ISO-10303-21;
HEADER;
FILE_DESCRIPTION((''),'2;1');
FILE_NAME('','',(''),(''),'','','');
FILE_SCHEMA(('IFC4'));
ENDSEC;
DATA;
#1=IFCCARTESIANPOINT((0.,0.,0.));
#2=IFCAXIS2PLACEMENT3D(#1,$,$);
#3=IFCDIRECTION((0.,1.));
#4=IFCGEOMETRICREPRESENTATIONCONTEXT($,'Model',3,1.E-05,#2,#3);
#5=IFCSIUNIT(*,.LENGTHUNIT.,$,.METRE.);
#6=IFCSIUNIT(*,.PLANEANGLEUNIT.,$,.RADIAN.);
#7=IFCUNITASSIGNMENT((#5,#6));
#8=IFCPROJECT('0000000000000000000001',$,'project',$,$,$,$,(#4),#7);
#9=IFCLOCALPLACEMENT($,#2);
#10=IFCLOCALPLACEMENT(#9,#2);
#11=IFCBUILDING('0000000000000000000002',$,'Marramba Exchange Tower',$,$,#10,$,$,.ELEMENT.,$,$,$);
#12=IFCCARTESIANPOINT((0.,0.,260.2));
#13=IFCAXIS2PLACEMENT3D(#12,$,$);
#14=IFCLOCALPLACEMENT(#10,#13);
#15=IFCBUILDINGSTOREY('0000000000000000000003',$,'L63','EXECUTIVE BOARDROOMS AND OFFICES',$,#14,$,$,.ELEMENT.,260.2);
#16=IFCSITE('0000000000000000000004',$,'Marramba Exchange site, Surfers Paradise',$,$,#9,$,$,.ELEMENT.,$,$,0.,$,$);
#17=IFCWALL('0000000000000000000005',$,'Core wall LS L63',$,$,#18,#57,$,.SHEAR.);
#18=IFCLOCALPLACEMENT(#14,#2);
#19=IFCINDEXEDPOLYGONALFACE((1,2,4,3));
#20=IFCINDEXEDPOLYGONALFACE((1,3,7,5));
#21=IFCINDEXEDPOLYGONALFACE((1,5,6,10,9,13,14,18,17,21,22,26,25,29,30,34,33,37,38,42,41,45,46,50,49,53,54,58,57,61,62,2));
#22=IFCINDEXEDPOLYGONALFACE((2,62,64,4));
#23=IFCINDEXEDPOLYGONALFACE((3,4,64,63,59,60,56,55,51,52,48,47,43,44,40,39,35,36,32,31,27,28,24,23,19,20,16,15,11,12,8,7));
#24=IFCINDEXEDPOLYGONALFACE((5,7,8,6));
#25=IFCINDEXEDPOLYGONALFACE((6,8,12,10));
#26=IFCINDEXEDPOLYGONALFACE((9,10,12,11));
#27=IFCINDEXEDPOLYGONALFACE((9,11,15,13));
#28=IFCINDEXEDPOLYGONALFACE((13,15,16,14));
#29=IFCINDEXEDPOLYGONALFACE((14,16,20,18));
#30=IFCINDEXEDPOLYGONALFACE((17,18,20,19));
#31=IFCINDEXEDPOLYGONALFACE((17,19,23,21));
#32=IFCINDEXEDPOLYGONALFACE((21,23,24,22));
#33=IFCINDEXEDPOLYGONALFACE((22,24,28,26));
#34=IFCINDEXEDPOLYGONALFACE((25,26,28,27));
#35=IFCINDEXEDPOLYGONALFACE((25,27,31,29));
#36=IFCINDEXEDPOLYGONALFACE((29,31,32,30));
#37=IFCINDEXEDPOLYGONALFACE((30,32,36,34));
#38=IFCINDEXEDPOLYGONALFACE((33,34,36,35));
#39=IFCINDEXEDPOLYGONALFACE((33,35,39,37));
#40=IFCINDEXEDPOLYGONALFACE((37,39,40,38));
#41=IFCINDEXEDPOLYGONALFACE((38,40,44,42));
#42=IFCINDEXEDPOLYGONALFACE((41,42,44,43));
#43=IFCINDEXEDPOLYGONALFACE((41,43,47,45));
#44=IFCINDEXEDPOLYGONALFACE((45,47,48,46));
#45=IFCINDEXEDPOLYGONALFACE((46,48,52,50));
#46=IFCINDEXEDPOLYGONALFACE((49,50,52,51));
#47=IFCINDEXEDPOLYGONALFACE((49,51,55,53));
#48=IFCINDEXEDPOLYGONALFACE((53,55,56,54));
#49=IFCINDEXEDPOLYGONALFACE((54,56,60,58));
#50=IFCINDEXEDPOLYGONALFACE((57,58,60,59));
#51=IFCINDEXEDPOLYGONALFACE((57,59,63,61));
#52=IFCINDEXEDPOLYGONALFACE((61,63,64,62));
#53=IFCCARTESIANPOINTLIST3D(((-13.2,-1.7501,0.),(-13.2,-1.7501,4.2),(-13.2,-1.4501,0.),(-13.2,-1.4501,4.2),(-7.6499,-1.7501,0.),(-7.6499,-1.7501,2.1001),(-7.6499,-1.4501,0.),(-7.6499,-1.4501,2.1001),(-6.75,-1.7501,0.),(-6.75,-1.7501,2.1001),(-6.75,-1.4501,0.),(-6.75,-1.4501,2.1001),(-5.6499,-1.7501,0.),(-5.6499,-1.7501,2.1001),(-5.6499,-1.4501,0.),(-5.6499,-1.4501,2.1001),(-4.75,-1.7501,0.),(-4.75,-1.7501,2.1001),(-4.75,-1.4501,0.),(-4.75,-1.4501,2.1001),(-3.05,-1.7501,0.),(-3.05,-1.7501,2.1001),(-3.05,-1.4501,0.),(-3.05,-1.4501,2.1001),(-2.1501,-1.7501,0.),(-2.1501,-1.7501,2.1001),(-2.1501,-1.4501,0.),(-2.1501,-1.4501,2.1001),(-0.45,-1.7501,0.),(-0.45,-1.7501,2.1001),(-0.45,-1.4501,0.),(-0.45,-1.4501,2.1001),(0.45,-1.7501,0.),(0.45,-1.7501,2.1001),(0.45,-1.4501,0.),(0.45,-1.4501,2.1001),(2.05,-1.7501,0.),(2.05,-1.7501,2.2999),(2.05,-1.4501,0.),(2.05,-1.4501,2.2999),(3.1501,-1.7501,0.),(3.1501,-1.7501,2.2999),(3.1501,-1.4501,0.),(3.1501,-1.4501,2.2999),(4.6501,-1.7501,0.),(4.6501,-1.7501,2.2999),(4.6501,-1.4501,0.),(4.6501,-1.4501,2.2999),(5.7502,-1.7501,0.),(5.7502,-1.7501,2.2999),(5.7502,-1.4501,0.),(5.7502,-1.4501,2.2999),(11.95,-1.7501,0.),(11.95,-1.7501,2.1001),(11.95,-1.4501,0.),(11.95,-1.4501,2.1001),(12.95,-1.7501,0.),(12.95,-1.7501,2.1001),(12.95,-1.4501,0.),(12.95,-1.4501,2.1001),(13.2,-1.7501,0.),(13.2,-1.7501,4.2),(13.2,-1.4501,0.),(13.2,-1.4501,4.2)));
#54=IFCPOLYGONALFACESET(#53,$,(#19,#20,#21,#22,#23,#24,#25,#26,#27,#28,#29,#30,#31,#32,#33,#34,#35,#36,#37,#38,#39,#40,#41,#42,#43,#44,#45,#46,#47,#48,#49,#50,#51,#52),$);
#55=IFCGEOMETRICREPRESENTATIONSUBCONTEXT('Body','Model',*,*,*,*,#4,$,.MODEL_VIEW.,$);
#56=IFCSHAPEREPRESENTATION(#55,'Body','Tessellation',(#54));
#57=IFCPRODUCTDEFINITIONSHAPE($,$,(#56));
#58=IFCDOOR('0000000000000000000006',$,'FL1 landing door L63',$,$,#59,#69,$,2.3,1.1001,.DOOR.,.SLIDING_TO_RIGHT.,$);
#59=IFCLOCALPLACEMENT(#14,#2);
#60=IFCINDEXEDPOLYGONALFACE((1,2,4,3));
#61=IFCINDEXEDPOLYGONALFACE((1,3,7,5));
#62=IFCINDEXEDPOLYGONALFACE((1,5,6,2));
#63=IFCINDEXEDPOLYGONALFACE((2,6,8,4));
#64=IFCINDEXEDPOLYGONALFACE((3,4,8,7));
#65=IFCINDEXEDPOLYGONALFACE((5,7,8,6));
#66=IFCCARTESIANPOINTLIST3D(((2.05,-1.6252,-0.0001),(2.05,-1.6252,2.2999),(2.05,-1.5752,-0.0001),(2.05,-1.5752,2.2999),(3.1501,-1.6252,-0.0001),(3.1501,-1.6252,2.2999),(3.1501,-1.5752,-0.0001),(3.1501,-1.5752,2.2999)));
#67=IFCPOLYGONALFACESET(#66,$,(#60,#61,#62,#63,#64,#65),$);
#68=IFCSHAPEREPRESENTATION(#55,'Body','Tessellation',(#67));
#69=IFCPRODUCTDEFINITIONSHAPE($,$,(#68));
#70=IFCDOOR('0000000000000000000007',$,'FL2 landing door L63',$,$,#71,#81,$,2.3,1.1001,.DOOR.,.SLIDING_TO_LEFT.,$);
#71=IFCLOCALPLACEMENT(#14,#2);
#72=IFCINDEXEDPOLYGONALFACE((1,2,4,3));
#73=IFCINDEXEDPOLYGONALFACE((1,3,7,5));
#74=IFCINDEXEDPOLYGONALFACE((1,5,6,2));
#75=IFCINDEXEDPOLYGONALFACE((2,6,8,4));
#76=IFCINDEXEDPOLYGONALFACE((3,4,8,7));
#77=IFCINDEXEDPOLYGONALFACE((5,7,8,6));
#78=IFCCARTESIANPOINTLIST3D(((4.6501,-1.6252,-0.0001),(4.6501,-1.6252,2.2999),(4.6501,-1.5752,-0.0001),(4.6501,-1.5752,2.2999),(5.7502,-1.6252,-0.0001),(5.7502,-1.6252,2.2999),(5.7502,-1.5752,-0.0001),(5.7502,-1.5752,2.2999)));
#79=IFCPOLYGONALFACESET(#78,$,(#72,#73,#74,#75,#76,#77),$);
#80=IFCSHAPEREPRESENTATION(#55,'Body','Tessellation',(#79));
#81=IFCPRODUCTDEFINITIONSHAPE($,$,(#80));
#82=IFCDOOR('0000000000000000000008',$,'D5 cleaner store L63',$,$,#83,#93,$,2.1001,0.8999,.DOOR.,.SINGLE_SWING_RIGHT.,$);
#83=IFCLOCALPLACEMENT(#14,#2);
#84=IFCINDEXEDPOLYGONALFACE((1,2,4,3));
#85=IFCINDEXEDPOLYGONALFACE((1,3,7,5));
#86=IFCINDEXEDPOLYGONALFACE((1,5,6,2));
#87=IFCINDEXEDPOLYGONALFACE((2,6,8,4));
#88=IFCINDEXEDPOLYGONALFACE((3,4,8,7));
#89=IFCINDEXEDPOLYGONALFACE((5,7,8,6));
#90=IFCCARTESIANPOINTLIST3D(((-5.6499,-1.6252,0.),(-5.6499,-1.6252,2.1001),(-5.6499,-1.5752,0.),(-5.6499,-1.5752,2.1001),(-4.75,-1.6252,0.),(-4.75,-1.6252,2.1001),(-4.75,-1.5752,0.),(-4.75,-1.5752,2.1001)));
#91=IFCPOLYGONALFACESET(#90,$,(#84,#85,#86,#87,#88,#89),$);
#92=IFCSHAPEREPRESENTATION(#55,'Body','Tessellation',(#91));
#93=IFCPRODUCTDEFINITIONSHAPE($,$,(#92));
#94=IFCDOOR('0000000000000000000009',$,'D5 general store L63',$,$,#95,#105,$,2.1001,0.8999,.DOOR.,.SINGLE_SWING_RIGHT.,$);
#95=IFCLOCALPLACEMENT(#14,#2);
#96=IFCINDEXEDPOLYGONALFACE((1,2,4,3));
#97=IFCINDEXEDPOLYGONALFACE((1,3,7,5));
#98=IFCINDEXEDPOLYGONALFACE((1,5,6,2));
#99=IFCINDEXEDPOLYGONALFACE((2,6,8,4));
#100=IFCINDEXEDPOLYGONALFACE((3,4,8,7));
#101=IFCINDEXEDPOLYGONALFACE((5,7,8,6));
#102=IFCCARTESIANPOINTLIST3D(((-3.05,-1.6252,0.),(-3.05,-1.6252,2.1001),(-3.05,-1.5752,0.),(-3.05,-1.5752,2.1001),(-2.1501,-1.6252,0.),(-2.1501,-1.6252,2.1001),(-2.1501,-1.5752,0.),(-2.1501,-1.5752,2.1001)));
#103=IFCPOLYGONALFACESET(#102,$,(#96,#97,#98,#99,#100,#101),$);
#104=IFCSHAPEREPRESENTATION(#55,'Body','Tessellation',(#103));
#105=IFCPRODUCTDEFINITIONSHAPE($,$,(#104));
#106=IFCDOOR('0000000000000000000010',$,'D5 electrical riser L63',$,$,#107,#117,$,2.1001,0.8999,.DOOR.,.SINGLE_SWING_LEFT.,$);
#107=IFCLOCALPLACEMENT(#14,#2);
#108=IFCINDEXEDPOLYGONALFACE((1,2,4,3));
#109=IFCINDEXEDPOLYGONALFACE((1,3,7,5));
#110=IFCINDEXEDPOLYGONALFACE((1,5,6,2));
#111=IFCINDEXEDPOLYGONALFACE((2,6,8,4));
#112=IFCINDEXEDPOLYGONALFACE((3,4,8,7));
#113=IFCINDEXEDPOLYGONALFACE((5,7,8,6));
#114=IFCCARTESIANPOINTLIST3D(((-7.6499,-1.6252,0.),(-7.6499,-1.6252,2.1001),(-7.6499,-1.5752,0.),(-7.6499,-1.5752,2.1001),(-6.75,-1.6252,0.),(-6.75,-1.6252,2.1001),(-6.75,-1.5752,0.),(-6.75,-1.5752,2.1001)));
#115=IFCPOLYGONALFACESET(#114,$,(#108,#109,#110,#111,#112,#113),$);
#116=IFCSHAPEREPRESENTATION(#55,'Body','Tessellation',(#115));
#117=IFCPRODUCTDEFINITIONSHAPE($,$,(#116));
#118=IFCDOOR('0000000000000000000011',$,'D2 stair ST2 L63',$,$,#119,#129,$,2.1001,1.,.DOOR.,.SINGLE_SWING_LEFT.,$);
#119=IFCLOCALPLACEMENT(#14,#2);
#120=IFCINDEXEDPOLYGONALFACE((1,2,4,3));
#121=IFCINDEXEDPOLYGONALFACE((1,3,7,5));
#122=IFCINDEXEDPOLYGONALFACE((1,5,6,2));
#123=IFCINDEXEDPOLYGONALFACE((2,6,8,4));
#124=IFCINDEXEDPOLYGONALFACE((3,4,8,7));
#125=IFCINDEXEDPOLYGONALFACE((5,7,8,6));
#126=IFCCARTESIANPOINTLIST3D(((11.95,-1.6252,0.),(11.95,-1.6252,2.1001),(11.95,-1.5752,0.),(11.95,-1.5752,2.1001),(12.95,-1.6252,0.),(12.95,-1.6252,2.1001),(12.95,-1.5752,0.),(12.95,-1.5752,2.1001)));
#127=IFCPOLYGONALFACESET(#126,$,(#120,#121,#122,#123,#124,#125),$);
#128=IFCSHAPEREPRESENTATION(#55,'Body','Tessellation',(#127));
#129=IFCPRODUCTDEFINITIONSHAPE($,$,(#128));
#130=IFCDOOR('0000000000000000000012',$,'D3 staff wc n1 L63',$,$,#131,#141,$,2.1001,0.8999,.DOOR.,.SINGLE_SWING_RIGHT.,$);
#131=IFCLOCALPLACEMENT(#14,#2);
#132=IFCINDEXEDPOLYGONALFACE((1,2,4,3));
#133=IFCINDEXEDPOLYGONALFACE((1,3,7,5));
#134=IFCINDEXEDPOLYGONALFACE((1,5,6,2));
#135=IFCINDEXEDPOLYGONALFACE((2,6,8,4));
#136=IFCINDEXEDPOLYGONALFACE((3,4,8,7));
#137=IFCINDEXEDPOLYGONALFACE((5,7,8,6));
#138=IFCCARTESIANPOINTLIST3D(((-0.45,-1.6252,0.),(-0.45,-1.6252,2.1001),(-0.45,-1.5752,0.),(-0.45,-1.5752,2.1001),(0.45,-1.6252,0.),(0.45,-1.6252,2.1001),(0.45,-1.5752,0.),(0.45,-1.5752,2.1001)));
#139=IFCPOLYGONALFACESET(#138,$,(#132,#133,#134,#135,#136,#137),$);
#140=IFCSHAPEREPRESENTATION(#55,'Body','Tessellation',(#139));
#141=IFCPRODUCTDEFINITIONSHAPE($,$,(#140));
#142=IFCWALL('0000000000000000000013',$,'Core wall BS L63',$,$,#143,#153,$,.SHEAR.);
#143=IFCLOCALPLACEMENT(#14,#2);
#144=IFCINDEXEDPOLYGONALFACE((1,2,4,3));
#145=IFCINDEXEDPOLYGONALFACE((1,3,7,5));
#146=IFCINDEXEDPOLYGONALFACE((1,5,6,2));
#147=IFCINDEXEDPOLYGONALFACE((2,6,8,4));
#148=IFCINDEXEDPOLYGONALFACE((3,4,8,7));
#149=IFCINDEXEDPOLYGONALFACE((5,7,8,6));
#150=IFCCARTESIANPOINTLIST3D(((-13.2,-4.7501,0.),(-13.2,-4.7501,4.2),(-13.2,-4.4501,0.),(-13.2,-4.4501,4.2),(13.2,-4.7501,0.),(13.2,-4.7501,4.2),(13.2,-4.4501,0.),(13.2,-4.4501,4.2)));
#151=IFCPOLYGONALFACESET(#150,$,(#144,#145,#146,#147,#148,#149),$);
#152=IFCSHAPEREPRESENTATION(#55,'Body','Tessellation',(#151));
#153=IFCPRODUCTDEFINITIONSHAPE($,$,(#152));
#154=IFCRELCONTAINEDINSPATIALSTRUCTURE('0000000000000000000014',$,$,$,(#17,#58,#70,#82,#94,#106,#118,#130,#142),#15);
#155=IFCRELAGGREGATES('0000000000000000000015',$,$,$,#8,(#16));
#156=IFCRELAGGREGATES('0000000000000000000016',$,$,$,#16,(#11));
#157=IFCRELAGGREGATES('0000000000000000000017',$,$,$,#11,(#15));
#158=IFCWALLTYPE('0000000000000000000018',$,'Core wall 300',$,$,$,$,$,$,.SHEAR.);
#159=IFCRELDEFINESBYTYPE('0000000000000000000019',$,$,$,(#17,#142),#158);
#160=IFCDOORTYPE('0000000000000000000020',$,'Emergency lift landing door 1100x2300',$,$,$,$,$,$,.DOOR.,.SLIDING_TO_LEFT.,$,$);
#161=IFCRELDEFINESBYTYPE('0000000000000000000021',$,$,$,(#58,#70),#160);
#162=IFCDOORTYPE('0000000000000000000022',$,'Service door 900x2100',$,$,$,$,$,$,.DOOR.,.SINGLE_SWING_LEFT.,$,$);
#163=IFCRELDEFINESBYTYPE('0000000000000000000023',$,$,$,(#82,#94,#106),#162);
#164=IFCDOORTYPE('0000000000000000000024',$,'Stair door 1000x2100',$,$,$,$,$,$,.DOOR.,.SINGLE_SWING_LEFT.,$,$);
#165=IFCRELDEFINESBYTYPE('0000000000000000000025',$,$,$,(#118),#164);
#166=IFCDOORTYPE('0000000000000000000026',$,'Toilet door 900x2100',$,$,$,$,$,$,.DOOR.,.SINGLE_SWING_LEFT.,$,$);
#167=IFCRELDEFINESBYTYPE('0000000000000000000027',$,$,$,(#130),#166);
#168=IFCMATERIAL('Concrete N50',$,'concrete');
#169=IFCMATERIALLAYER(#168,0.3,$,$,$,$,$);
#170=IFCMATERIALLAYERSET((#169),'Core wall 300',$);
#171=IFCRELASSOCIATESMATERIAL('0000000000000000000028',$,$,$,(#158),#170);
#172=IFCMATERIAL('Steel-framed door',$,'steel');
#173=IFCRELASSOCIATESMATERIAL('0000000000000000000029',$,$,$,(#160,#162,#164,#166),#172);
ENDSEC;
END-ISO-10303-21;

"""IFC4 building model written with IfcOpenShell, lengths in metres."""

from ifc_helpers import new_model, si_unit, direction, frame, frame_2d, origin, place, context, subcontext, project, spatial, rectangle, extrude, material, layer, layer_set, type_object, element, fill, save


model = new_model("IFC4")

# Units and contexts
model_context = context("Model", 3, precision=1e-05, world=origin(), true_north=direction((0.0, 1.0)))
body_context = subcontext(model_context, "Body", "Model", "MODEL_VIEW")
ifc_project = project(units=[si_unit("LENGTHUNIT", "METRE"), si_unit("PLANEANGLEUNIT", "RADIAN")], contexts=[model_context])

# Site, building, storey
site_placement = place(None, origin())
site = spatial("IfcSite", under=ifc_project, at=site_placement, Name="Marramba Exchange site, Surfers Paradise", CompositionType="ELEMENT", RefElevation=0.0)
building_placement = place(site_placement, origin())
building = spatial("IfcBuilding", under=site, at=building_placement, Name="Marramba Exchange Tower", CompositionType="ELEMENT")
storey_placement = place(building_placement, frame((0.0, 0.0, 260.2)))
storey = spatial("IfcBuildingStorey", under=building, at=storey_placement, Name="L63", Description="EXECUTIVE BOARDROOMS AND OFFICES", CompositionType="ELEMENT", Elevation=260.2)

# Shared definitions
ifc_material_1 = material(Name="Concrete N50", Category="concrete")

# Wall, openings, doors
ifc_layer_1 = layer(ifc_material_1, 0.3)
ifc_layer_set_1 = layer_set([ifc_layer_1], Name="Core wall 300")
wall_type_1 = type_object("IfcWallType", Name="Core wall 300", PredefinedType="SHEAR", material=ifc_layer_set_1)
wall_1_placement = place(storey_placement, frame((-13.2, -1.6001, 0.0), z_axis=(0.0, 0.0, 1.0), x_axis=(1.0, 0.0, 0.0)))
wall_1 = element("IfcWall", 1, at=wall_1_placement, inside=storey, type_object=wall_type_1, Name="Core wall LS L63", PredefinedType="SHEAR", context=body_context, shape_type="SweptSolid", body=[
    extrude(rectangle(XDim=26.3999, YDim=0.3, at=frame_2d((13.2, 0.0))), origin(), (0.0, 0.0, 1.0), 4.2),
])
opening_1_placement = place(wall_1_placement, frame((25.1499, 0.0, 0.0)))
opening_1 = element("IfcOpeningElement", 2, at=opening_1_placement, cuts=wall_1, PredefinedType="OPENING", context=body_context, shape_type="SweptSolid", body=[
    extrude(rectangle(XDim=1.0, YDim=2.1001, at=frame_2d((0.5, 1.05))), frame((0.0, 0.1599, 0.0), z_axis=(0.0, -1.0, 0.0), x_axis=(1.0, 0.0, 0.0)), (0.0, 0.0, 1.0), 0.3201),
])
opening_2_placement = place(wall_1_placement, frame((7.55, 0.0, 0.0)))
opening_2 = element("IfcOpeningElement", 3, at=opening_2_placement, cuts=wall_1, PredefinedType="OPENING", context=body_context, shape_type="SweptSolid", body=[
    extrude(rectangle(XDim=0.8999, YDim=2.1001, at=frame_2d((0.45, 1.05))), frame((0.0, 0.1599, 0.0), z_axis=(0.0, -1.0, 0.0), x_axis=(1.0, 0.0, 0.0)), (0.0, 0.0, 1.0), 0.3201),
])
opening_3_placement = place(wall_1_placement, frame((10.1499, 0.0, 0.0)))
opening_3 = element("IfcOpeningElement", 4, at=opening_3_placement, cuts=wall_1, PredefinedType="OPENING", context=body_context, shape_type="SweptSolid", body=[
    extrude(rectangle(XDim=0.8999, YDim=2.1001, at=frame_2d((0.45, 1.05))), frame((0.0, 0.1599, 0.0), z_axis=(0.0, -1.0, 0.0), x_axis=(1.0, 0.0, 0.0)), (0.0, 0.0, 1.0), 0.3201),
])
opening_4_placement = place(wall_1_placement, frame((12.75, 0.0, 0.0)))
opening_4 = element("IfcOpeningElement", 5, at=opening_4_placement, cuts=wall_1, PredefinedType="OPENING", context=body_context, shape_type="SweptSolid", body=[
    extrude(rectangle(XDim=0.8999, YDim=2.1001, at=frame_2d((0.45, 1.05))), frame((0.0, 0.1599, 0.0), z_axis=(0.0, -1.0, 0.0), x_axis=(1.0, 0.0, 0.0)), (0.0, 0.0, 1.0), 0.3201),
])
opening_5_placement = place(wall_1_placement, frame((15.25, 0.0, 0.0)))
opening_5 = element("IfcOpeningElement", 6, at=opening_5_placement, cuts=wall_1, PredefinedType="OPENING", context=body_context, shape_type="SweptSolid", body=[
    extrude(rectangle(XDim=1.1001, YDim=2.3, at=frame_2d((0.55, 1.1499))), frame((0.0, 0.1599, 0.0), z_axis=(0.0, -1.0, 0.0), x_axis=(1.0, 0.0, 0.0)), (0.0, 0.0, 1.0), 0.3201),
])
opening_6_placement = place(wall_1_placement, frame((17.8501, 0.0, 0.0)))
opening_6 = element("IfcOpeningElement", 7, at=opening_6_placement, cuts=wall_1, PredefinedType="OPENING", context=body_context, shape_type="SweptSolid", body=[
    extrude(rectangle(XDim=1.1001, YDim=2.3, at=frame_2d((0.55, 1.1499))), frame((0.0, 0.1599, 0.0), z_axis=(0.0, -1.0, 0.0), x_axis=(1.0, 0.0, 0.0)), (0.0, 0.0, 1.0), 0.3201),
])
opening_7_placement = place(wall_1_placement, frame((5.55, 0.0, 0.0)))
opening_7 = element("IfcOpeningElement", 8, at=opening_7_placement, cuts=wall_1, PredefinedType="OPENING", context=body_context, shape_type="SweptSolid", body=[
    extrude(rectangle(XDim=0.8999, YDim=2.1001, at=frame_2d((0.45, 1.05))), frame((0.0, 0.1599, 0.0), z_axis=(0.0, -1.0, 0.0), x_axis=(1.0, 0.0, 0.0)), (0.0, 0.0, 1.0), 0.3201),
])
ifc_material_2 = material(Name="Steel-framed door", Category="steel")
door_type_1 = type_object("IfcDoorType", Name="Emergency lift landing door 1100x2300", OperationType="SLIDING_TO_LEFT", PredefinedType="DOOR", material=ifc_material_2)
door_1_placement = place(opening_5_placement, frame((1.1001, 0.0, 0.0), z_axis=(0.0, 0.0, 1.0), x_axis=(-1.0, 0.0, 0.0)))
door_1 = element("IfcDoor", 9, at=door_1_placement, inside=storey, type_object=door_type_1, Name="FL1 landing door L63", OperationType="SLIDING_TO_RIGHT", OverallHeight=2.3, OverallWidth=1.1001, PredefinedType="DOOR", context=body_context, shape_type="SweptSolid", body=[
    extrude(rectangle(XDim=1.1001, YDim=2.3, at=frame_2d((0.55, 1.1499))), frame((0.0, 0.0251, 0.0), z_axis=(0.0, -1.0, 0.0), x_axis=(1.0, 0.0, 0.0)), (0.0, 0.0, 1.0), 0.05),
])
fill(opening_5, door_1)
door_2_placement = place(opening_6_placement, frame((1.1001, 0.0, 0.0), z_axis=(0.0, 0.0, 1.0), x_axis=(-1.0, 0.0, 0.0)))
door_2 = element("IfcDoor", 10, at=door_2_placement, inside=storey, type_object=door_type_1, Name="FL2 landing door L63", OperationType="SLIDING_TO_LEFT", OverallHeight=2.3, OverallWidth=1.1001, PredefinedType="DOOR", context=body_context, shape_type="SweptSolid", body=[
    extrude(rectangle(XDim=1.1001, YDim=2.3, at=frame_2d((0.55, 1.1499))), frame((0.0, 0.0251, 0.0), z_axis=(0.0, -1.0, 0.0), x_axis=(1.0, 0.0, 0.0)), (0.0, 0.0, 1.0), 0.05),
])
fill(opening_6, door_2)
door_type_2 = type_object("IfcDoorType", Name="Service door 900x2100", OperationType="SINGLE_SWING_LEFT", PredefinedType="DOOR", material=ifc_material_2)
door_3_placement = place(opening_2_placement, frame((0.8999, 0.0, 0.0), z_axis=(0.0, 0.0, 1.0), x_axis=(-1.0, 0.0, 0.0)))
door_3 = element("IfcDoor", 11, at=door_3_placement, inside=storey, type_object=door_type_2, Name="D5 cleaner store L63", OperationType="SINGLE_SWING_RIGHT", OverallHeight=2.1001, OverallWidth=0.8999, PredefinedType="DOOR", context=body_context, shape_type="SweptSolid", body=[
    extrude(rectangle(XDim=0.8999, YDim=2.1001, at=frame_2d((0.45, 1.05))), frame((0.0, 0.0251, 0.0), z_axis=(0.0, -1.0, 0.0), x_axis=(1.0, 0.0, 0.0)), (0.0, 0.0, 1.0), 0.05),
])
fill(opening_2, door_3)
door_4_placement = place(opening_3_placement, frame((0.8999, 0.0, 0.0), z_axis=(0.0, 0.0, 1.0), x_axis=(-1.0, 0.0, 0.0)))
door_4 = element("IfcDoor", 12, at=door_4_placement, inside=storey, type_object=door_type_2, Name="D5 general store L63", OperationType="SINGLE_SWING_RIGHT", OverallHeight=2.1001, OverallWidth=0.8999, PredefinedType="DOOR", context=body_context, shape_type="SweptSolid", body=[
    extrude(rectangle(XDim=0.8999, YDim=2.1001, at=frame_2d((0.45, 1.05))), frame((0.0, 0.0251, 0.0), z_axis=(0.0, -1.0, 0.0), x_axis=(1.0, 0.0, 0.0)), (0.0, 0.0, 1.0), 0.05),
])
fill(opening_3, door_4)
door_5_placement = place(opening_7_placement, frame((0.8999, 0.0, 0.0), z_axis=(0.0, 0.0, 1.0), x_axis=(-1.0, 0.0, 0.0)))
door_5 = element("IfcDoor", 13, at=door_5_placement, inside=storey, type_object=door_type_2, Name="D5 electrical riser L63", OperationType="SINGLE_SWING_LEFT", OverallHeight=2.1001, OverallWidth=0.8999, PredefinedType="DOOR", context=body_context, shape_type="SweptSolid", body=[
    extrude(rectangle(XDim=0.8999, YDim=2.1001, at=frame_2d((0.45, 1.05))), frame((0.0, 0.0251, 0.0), z_axis=(0.0, -1.0, 0.0), x_axis=(1.0, 0.0, 0.0)), (0.0, 0.0, 1.0), 0.05),
])
fill(opening_7, door_5)
door_type_3 = type_object("IfcDoorType", Name="Stair door 1000x2100", OperationType="SINGLE_SWING_LEFT", PredefinedType="DOOR", material=ifc_material_2)
door_6_placement = place(opening_1_placement, frame((1.0, 0.0, 0.0), z_axis=(0.0, 0.0, 1.0), x_axis=(-1.0, 0.0, 0.0)))
door_6 = element("IfcDoor", 14, at=door_6_placement, inside=storey, type_object=door_type_3, Name="D2 stair ST2 L63", OperationType="SINGLE_SWING_LEFT", OverallHeight=2.1001, OverallWidth=1.0, PredefinedType="DOOR", context=body_context, shape_type="SweptSolid", body=[
    extrude(rectangle(XDim=1.0, YDim=2.1001, at=frame_2d((0.5, 1.05))), frame((0.0, 0.0251, 0.0), z_axis=(0.0, -1.0, 0.0), x_axis=(1.0, 0.0, 0.0)), (0.0, 0.0, 1.0), 0.05),
])
fill(opening_1, door_6)
door_type_4 = type_object("IfcDoorType", Name="Toilet door 900x2100", OperationType="SINGLE_SWING_LEFT", PredefinedType="DOOR", material=ifc_material_2)
door_7_placement = place(opening_4_placement, frame((0.8999, 0.0, 0.0), z_axis=(0.0, 0.0, 1.0), x_axis=(-1.0, 0.0, 0.0)))
door_7 = element("IfcDoor", 15, at=door_7_placement, inside=storey, type_object=door_type_4, Name="D3 staff wc n1 L63", OperationType="SINGLE_SWING_RIGHT", OverallHeight=2.1001, OverallWidth=0.8999, PredefinedType="DOOR", context=body_context, shape_type="SweptSolid", body=[
    extrude(rectangle(XDim=0.8999, YDim=2.1001, at=frame_2d((0.45, 1.05))), frame((0.0, 0.0251, 0.0), z_axis=(0.0, -1.0, 0.0), x_axis=(1.0, 0.0, 0.0)), (0.0, 0.0, 1.0), 0.05),
])
fill(opening_4, door_7)

# Wall
wall_2_placement = place(storey_placement, frame((-13.2, -4.6001, 0.0), z_axis=(0.0, 0.0, 1.0), x_axis=(1.0, 0.0, 0.0)))
element("IfcWall", 16, at=wall_2_placement, inside=storey, type_object=wall_type_1, Name="Core wall BS L63", PredefinedType="SHEAR", context=body_context, shape_type="SweptSolid", body=[
    extrude(rectangle(XDim=26.3999, YDim=0.3, at=frame_2d((13.2, 0.0))), origin(), (0.0, 0.0, 1.0), 4.2),
])

save(model, "model.ifc")
